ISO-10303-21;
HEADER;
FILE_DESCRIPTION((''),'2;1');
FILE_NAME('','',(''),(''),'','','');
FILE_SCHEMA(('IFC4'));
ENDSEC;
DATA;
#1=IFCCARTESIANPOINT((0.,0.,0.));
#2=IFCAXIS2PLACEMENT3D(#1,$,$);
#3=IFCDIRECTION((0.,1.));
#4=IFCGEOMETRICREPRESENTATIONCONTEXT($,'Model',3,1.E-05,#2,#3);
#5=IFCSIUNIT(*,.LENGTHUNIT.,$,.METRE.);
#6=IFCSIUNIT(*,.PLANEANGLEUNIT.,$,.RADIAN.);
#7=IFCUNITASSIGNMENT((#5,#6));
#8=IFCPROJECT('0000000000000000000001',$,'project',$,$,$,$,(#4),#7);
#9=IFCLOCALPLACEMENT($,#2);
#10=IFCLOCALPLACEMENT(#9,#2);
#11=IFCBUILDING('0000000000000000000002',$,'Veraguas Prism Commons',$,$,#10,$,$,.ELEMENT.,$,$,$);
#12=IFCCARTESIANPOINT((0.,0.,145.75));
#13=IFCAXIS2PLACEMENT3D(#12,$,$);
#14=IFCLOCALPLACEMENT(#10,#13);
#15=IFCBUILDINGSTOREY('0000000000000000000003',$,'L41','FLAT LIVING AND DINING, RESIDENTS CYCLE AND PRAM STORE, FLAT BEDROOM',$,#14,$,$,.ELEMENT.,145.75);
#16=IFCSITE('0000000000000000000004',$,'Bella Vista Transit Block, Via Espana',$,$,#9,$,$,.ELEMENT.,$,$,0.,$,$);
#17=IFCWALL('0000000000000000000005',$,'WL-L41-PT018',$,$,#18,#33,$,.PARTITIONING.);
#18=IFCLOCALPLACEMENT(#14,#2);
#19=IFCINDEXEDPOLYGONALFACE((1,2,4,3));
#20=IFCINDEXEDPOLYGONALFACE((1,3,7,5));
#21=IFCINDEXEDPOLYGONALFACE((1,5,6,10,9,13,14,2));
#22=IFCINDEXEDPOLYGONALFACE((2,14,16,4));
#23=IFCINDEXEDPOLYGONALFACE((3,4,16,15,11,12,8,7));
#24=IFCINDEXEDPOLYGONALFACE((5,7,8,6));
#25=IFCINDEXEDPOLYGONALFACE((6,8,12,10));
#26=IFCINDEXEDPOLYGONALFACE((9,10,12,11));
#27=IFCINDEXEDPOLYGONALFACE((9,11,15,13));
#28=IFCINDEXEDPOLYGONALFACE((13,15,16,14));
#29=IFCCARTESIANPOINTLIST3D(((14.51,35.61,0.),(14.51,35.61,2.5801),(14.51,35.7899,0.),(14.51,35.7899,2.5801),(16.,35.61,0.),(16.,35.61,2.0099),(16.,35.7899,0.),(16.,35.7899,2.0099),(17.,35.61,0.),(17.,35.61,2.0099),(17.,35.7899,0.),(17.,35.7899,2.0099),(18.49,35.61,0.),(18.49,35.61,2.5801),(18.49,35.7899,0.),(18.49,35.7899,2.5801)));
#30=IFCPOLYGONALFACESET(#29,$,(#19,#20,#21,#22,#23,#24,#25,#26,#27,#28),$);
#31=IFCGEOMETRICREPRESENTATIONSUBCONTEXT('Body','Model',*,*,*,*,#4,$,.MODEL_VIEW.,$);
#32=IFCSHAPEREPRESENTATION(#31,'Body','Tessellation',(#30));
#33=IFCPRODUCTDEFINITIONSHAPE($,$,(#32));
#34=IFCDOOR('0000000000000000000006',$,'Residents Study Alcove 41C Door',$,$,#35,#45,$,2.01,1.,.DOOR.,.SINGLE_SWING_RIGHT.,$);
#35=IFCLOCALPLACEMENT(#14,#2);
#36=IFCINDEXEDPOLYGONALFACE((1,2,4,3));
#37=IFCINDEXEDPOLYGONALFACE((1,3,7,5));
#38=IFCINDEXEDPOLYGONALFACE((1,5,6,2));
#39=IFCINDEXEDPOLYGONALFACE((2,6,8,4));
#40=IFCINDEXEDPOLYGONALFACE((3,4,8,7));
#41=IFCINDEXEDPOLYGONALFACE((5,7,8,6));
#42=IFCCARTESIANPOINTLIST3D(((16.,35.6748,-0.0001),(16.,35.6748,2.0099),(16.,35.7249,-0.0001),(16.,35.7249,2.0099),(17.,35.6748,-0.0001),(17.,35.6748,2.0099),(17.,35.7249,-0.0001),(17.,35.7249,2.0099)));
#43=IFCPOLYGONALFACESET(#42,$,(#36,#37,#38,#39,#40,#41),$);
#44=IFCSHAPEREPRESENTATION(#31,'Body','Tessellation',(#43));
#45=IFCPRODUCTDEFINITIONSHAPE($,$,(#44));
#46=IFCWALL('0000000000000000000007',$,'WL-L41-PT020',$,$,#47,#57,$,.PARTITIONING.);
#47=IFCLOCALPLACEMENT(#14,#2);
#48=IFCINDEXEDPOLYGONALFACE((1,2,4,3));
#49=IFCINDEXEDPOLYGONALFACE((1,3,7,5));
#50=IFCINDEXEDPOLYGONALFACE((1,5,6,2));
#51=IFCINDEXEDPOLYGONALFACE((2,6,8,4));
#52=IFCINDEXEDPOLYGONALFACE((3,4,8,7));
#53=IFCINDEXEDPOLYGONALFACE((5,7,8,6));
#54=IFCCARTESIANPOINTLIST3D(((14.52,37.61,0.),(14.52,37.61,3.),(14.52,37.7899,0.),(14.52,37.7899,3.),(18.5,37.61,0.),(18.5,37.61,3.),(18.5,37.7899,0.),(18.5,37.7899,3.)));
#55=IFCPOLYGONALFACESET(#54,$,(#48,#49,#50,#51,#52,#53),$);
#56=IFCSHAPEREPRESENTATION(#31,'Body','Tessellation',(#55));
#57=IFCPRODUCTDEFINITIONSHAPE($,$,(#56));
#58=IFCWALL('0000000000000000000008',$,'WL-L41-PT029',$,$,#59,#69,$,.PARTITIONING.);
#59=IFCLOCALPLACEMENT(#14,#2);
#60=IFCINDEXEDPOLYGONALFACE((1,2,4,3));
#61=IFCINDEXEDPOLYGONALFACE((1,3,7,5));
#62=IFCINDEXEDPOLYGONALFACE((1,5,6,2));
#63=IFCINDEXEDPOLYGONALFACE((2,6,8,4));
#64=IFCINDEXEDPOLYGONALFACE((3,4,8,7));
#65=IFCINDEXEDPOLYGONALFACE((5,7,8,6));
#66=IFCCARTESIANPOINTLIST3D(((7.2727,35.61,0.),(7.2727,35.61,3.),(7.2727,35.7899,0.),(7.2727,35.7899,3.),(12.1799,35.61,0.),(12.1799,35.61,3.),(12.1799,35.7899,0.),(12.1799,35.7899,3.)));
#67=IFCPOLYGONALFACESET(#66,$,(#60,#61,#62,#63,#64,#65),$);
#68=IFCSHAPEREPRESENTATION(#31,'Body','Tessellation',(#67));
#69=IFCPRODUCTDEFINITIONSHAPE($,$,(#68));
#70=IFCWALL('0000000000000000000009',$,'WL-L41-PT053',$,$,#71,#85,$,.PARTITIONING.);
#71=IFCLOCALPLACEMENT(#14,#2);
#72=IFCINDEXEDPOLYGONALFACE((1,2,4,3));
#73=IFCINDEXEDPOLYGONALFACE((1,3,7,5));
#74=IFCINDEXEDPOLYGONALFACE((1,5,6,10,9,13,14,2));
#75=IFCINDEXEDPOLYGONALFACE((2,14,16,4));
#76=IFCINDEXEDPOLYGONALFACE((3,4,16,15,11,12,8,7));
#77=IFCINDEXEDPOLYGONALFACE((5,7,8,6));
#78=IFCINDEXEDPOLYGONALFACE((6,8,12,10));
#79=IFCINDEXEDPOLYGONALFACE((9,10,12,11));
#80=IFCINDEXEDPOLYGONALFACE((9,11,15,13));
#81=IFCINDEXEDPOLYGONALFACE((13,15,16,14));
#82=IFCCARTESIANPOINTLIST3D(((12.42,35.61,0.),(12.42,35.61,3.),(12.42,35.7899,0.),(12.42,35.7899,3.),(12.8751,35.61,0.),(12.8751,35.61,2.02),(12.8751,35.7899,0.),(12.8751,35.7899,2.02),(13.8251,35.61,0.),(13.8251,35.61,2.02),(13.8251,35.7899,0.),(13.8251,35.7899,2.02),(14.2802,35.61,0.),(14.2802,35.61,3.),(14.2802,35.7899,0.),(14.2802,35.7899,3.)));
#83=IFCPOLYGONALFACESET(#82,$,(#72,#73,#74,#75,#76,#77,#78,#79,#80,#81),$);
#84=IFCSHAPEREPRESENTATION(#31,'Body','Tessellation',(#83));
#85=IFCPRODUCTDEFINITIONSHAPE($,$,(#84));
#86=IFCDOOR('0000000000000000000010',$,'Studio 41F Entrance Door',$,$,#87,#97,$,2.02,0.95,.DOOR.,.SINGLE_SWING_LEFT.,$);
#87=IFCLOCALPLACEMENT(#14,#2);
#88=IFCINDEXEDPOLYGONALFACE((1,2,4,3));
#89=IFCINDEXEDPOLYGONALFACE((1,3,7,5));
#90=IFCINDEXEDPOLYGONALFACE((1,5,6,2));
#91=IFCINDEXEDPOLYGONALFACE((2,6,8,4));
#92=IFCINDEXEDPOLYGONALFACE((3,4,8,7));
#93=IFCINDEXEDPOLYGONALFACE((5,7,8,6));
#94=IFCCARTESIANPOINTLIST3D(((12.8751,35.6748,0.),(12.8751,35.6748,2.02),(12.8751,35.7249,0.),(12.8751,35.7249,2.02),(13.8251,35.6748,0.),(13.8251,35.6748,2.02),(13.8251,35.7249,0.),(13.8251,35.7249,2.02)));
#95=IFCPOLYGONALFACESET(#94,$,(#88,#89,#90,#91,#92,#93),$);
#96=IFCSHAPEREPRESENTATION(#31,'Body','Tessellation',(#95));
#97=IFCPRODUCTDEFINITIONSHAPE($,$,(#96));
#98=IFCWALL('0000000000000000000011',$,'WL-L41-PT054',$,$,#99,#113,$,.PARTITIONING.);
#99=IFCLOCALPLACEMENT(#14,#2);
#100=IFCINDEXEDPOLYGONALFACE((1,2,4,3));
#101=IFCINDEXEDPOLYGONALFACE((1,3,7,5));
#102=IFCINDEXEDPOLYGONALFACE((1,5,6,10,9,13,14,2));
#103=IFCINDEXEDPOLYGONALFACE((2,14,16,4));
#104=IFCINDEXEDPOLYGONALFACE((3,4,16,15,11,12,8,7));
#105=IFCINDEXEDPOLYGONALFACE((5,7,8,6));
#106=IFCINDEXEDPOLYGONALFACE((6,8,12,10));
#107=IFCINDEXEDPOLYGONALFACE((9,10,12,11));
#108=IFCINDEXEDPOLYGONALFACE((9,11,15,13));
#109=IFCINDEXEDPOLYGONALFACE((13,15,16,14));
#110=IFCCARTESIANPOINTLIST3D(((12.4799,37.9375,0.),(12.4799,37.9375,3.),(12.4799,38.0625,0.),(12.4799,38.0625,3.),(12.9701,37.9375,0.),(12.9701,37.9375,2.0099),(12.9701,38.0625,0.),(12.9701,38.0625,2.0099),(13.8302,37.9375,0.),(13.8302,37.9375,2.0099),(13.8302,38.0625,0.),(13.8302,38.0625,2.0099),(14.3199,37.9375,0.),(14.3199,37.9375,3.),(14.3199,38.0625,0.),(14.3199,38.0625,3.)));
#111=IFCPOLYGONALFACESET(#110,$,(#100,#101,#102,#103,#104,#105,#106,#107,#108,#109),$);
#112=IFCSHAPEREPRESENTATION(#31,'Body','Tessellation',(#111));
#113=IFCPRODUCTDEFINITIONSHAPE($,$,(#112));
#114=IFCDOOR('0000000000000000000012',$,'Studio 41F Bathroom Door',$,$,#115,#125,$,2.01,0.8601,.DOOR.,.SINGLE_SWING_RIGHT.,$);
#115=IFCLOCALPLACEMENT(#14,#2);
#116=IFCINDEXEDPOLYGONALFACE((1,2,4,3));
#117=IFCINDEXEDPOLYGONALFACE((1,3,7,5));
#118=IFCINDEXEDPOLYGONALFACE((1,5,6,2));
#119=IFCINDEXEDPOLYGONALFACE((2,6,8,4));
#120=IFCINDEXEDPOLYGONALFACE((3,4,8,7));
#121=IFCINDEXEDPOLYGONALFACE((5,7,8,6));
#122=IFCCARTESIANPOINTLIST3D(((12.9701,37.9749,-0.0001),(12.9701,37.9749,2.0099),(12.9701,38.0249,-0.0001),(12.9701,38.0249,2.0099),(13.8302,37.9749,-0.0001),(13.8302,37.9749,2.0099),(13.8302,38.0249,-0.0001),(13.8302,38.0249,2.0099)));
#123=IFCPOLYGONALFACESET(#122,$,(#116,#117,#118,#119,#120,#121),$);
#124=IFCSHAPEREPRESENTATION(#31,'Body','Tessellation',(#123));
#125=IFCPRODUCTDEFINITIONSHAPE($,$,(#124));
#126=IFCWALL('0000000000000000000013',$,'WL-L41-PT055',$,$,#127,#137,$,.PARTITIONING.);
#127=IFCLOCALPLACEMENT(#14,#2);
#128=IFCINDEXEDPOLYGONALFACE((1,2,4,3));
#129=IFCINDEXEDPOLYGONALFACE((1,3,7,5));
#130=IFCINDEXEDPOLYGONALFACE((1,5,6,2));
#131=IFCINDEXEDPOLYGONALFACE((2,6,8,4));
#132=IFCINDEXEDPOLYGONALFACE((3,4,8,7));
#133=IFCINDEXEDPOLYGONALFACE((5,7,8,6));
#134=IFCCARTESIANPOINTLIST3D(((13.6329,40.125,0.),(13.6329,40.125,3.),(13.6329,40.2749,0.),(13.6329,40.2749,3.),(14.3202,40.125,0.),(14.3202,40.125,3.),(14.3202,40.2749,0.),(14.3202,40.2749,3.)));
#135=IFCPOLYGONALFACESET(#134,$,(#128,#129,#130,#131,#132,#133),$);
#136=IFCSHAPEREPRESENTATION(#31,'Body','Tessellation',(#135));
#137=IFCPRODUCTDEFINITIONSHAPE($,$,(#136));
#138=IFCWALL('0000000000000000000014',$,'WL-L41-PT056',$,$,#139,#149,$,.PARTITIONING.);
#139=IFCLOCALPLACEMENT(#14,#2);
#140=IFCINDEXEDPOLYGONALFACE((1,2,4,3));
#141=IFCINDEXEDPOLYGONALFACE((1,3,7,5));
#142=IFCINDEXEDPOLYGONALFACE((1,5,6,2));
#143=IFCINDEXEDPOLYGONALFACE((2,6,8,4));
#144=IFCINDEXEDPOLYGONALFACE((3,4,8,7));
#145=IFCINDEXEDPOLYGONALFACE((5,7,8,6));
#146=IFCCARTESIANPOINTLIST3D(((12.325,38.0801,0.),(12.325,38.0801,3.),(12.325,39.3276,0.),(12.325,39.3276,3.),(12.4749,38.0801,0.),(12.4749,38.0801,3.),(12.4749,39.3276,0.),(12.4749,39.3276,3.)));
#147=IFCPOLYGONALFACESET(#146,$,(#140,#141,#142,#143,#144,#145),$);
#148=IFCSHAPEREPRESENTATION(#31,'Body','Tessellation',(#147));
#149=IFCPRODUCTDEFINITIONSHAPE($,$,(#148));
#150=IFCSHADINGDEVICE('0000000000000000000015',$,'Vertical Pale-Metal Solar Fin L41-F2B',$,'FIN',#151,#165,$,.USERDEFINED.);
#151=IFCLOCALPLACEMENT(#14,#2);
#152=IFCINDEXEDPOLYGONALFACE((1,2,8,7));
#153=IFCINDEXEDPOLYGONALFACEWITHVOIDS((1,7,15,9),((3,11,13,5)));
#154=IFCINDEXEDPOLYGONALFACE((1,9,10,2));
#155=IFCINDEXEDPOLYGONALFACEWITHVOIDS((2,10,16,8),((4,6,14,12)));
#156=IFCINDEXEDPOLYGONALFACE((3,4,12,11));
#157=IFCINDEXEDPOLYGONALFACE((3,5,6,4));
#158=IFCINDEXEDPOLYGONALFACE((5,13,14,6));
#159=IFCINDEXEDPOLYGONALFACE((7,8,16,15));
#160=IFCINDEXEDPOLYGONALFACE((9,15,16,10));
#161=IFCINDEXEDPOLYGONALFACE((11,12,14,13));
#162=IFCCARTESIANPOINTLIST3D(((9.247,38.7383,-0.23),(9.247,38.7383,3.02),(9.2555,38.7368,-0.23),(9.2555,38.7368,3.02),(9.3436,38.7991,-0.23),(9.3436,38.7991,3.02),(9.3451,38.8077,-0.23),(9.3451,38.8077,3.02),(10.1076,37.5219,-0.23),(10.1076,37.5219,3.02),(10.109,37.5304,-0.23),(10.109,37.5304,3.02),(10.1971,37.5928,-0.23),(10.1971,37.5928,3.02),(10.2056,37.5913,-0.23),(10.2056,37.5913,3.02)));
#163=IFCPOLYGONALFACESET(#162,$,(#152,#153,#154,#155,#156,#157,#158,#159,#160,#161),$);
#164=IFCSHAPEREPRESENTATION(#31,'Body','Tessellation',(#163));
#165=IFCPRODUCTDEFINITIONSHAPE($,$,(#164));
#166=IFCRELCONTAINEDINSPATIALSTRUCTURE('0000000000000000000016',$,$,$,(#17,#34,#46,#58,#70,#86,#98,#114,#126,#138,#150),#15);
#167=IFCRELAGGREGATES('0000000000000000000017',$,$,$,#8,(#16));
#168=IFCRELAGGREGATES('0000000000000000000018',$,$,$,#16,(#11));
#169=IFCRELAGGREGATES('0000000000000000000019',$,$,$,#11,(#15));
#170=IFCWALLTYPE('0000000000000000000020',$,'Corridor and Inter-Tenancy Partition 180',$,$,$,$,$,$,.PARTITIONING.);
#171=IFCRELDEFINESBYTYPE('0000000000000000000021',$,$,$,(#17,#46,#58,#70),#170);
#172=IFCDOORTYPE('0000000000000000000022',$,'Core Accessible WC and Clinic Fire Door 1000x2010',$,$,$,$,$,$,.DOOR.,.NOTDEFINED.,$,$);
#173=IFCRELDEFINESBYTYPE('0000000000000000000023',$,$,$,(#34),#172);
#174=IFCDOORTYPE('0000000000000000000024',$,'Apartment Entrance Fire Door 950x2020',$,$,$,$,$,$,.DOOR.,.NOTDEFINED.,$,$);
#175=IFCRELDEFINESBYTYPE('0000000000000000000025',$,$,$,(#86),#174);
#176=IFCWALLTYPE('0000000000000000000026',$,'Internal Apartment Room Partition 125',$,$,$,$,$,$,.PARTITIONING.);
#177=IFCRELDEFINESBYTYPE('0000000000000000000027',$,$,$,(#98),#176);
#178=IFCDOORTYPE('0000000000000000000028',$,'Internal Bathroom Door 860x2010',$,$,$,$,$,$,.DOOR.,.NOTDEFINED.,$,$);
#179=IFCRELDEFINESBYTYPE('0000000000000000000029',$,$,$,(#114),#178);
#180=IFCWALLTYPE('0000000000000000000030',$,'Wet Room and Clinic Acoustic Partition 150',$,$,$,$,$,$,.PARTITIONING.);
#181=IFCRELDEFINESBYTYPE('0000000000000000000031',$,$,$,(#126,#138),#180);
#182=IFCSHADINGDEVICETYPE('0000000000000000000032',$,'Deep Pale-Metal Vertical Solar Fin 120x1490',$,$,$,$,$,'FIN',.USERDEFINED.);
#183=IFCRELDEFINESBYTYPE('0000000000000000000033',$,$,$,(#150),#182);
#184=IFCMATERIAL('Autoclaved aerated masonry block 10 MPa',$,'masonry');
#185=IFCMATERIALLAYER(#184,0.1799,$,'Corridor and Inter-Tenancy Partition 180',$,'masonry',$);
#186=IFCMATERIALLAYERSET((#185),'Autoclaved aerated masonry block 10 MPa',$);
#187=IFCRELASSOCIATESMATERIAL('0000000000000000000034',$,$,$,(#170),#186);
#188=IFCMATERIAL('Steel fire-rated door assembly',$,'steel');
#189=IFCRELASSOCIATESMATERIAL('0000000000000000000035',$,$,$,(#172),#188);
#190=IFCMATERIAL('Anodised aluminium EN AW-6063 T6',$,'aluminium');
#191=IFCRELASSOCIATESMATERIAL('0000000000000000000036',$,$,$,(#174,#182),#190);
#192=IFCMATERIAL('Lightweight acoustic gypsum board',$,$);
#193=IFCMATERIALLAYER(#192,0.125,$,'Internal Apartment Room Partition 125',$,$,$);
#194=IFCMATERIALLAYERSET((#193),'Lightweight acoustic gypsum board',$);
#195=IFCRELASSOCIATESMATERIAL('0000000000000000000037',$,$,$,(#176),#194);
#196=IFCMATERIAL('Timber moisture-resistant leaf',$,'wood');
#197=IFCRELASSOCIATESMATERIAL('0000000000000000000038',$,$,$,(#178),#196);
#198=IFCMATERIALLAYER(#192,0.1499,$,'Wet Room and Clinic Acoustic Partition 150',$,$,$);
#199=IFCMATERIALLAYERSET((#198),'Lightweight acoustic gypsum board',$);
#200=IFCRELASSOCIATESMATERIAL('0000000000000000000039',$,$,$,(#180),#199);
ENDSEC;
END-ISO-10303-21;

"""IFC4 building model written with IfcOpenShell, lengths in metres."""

from ifc_helpers import new_model, si_unit, direction, frame, frame_2d, origin, origin_2d, place, context, subcontext, project, spatial, rectangle, hollow_rectangle, extrude, source, transform, mapped, material, layer, layer_set, material_profile, profile_set, type_object, element, fill, save


model = new_model("IFC4")

# Units and contexts
model_context = context("Model", 3, precision=1e-05, world=origin(), true_north=direction((0.0, 1.0)))
body_context = subcontext(model_context, "Body", "Model", "MODEL_VIEW")
ifc_project = project(units=[si_unit("LENGTHUNIT", "METRE"), si_unit("PLANEANGLEUNIT", "RADIAN")], contexts=[model_context])

# Site, building, storey
site_placement = place(None, origin())
site = spatial("IfcSite", under=ifc_project, at=site_placement, Name="Bella Vista Transit Block, Via Espana", CompositionType="ELEMENT", RefElevation=0.0)
building_placement = place(site_placement, origin())
building = spatial("IfcBuilding", under=site, at=building_placement, Name="Veraguas Prism Commons", CompositionType="ELEMENT")
storey_placement = place(building_placement, frame((0.0, 0.0, 145.75)))
storey = spatial("IfcBuildingStorey", under=building, at=storey_placement, Name="L41", Description="FLAT LIVING AND DINING, RESIDENTS CYCLE AND PRAM STORE, FLAT BEDROOM", CompositionType="ELEMENT", Elevation=145.75)

# Shared definitions
ifc_material_1 = material(Name="Anodised aluminium EN AW-6063 T6", Category="aluminium")

# Shared definitions
ifc_material_2 = material(Name="Autoclaved aerated masonry block 10 MPa", Category="masonry")
ifc_layer_1 = layer(ifc_material_2, 0.1799, Name="Corridor and Inter-Tenancy Partition 180", Category="masonry")
ifc_layer_set_1 = layer_set([ifc_layer_1], Name="Autoclaved aerated masonry block 10 MPa")
wall_type_1 = type_object("IfcWallType", Name="Corridor and Inter-Tenancy Partition 180", PredefinedType="PARTITIONING", material=ifc_layer_set_1)

# Wall, opening, door
wall_1_placement = place(storey_placement, frame((14.51, 35.7, 0.0), z_axis=(0.0, 0.0, 1.0), x_axis=(1.0, 0.0, 0.0)))
wall_1 = element("IfcWall", 1, at=wall_1_placement, inside=storey, type_object=wall_type_1, Name="WL-L41-PT018", PredefinedType="PARTITIONING", context=body_context, shape_type="SweptSolid", body=[
    extrude(rectangle(XDim=3.98, YDim=0.1799, at=frame_2d((1.99, 0.0))), origin(), (0.0, 0.0, 1.0), 2.5801),
])
opening_1_placement = place(wall_1_placement, frame((1.49, 0.0, 0.0)))
opening_1 = element("IfcOpeningElement", 2, at=opening_1_placement, cuts=wall_1, PredefinedType="OPENING", context=body_context, shape_type="SweptSolid", body=[
    extrude(rectangle(XDim=1.0, YDim=2.01, at=frame_2d((0.5, 1.0049))), frame((0.0, 0.0999, 0.0), z_axis=(0.0, -1.0, 0.0), x_axis=(1.0, 0.0, 0.0)), (0.0, 0.0, 1.0), 0.2),
])
ifc_material_3 = material(Name="Steel fire-rated door assembly", Category="steel")
door_type_1 = type_object("IfcDoorType", Name="Core Accessible WC and Clinic Fire Door 1000x2010", OperationType="NOTDEFINED", PredefinedType="DOOR", material=ifc_material_3)
shared_shape_1 = source(origin(), body_context, "Body", "SweptSolid", [
    extrude(rectangle(XDim=1.0, YDim=2.01, at=frame_2d((0.5, 1.0049))), frame((0.0, 0.0249, 0.0), z_axis=(0.0, -1.0, 0.0), x_axis=(1.0, 0.0, 0.0)), (0.0, 0.0, 1.0), 0.05),
])
door_1_placement = place(opening_1_placement, origin())
door_1 = element("IfcDoor", 3, at=door_1_placement, inside=storey, type_object=door_type_1, Name="Residents Study Alcove 41C Door", OperationType="SINGLE_SWING_RIGHT", OverallHeight=2.01, OverallWidth=1.0, PredefinedType="DOOR", context=body_context, shape_type="MappedRepresentation", body=[
    mapped(shared_shape_1, transform((0.0, 0.0, 0.0), scale=1.0)),
])
fill(opening_1, door_1)

# Walls
wall_2_placement = place(storey_placement, frame((14.52, 37.7, 0.0), z_axis=(0.0, 0.0, 1.0), x_axis=(1.0, 0.0, 0.0)))
element("IfcWall", 4, at=wall_2_placement, inside=storey, type_object=wall_type_1, Name="WL-L41-PT020", PredefinedType="PARTITIONING", context=body_context, shape_type="SweptSolid", body=[
    extrude(rectangle(XDim=3.98, YDim=0.1799, at=frame_2d((1.99, 0.0))), origin(), (0.0, 0.0, 1.0), 3.0),
])
wall_3_placement = place(storey_placement, frame((12.1799, 35.7, 0.0), z_axis=(0.0, 0.0, 1.0), x_axis=(-1.0, 0.0, 0.0)))
element("IfcWall", 5, at=wall_3_placement, inside=storey, type_object=wall_type_1, Name="WL-L41-PT029", PredefinedType="PARTITIONING", context=body_context, shape_type="SweptSolid", body=[
    extrude(rectangle(XDim=4.9072, YDim=0.1799, at=frame_2d((2.4536, 0.0))), origin(), (0.0, 0.0, 1.0), 3.0),
])

# Walls, openings, doors
wall_4_placement = place(storey_placement, frame((12.4199, 35.7, 0.0), z_axis=(0.0, 0.0, 1.0), x_axis=(1.0, 0.0, 0.0)))
wall_4 = element("IfcWall", 6, at=wall_4_placement, inside=storey, type_object=wall_type_1, Name="WL-L41-PT053", PredefinedType="PARTITIONING", context=body_context, shape_type="SweptSolid", body=[
    extrude(rectangle(XDim=1.8601, YDim=0.1799, at=frame_2d((0.9302, 0.0))), origin(), (0.0, 0.0, 1.0), 3.0),
])
opening_2_placement = place(wall_4_placement, frame((0.4551, 0.0, 0.0)))
opening_2 = element("IfcOpeningElement", 7, at=opening_2_placement, cuts=wall_4, PredefinedType="OPENING", context=body_context, shape_type="SweptSolid", body=[
    extrude(rectangle(XDim=0.95, YDim=2.02, at=frame_2d((0.4751, 1.01))), frame((0.0, 0.0999, 0.0), z_axis=(0.0, -1.0, 0.0), x_axis=(1.0, 0.0, 0.0)), (0.0, 0.0, 1.0), 0.2),
])
door_type_2 = type_object("IfcDoorType", Name="Apartment Entrance Fire Door 950x2020", OperationType="NOTDEFINED", PredefinedType="DOOR", material=ifc_material_1)
shared_shape_2 = source(origin(), body_context, "Body", "SweptSolid", [
    extrude(rectangle(XDim=0.95, YDim=2.02, at=frame_2d((0.4751, 1.01))), frame((0.0, 0.0249, 0.0), z_axis=(0.0, -1.0, 0.0), x_axis=(1.0, 0.0, 0.0)), (0.0, 0.0, 1.0), 0.05),
])
door_2_placement = place(opening_2_placement, origin())
door_2 = element("IfcDoor", 8, at=door_2_placement, inside=storey, type_object=door_type_2, Name="Studio 41F Entrance Door", OperationType="SINGLE_SWING_LEFT", OverallHeight=2.02, OverallWidth=0.95, PredefinedType="DOOR", context=body_context, shape_type="MappedRepresentation", body=[
    mapped(shared_shape_2, transform((0.0, 0.0, 0.0), scale=1.0)),
])
fill(opening_2, door_2)
ifc_material_4 = material(Name="Lightweight acoustic gypsum board")
ifc_layer_2 = layer(ifc_material_4, 0.125, Name="Internal Apartment Room Partition 125")
ifc_layer_set_2 = layer_set([ifc_layer_2], Name="Lightweight acoustic gypsum board")
wall_type_2 = type_object("IfcWallType", Name="Internal Apartment Room Partition 125", PredefinedType="PARTITIONING", material=ifc_layer_set_2)
wall_5_placement = place(storey_placement, frame((12.48, 38.0, 0.0), z_axis=(0.0, 0.0, 1.0), x_axis=(1.0, 0.0, 0.0)))
wall_5 = element("IfcWall", 9, at=wall_5_placement, inside=storey, type_object=wall_type_2, Name="WL-L41-PT054", PredefinedType="PARTITIONING", context=body_context, shape_type="SweptSolid", body=[
    extrude(rectangle(XDim=1.8401, YDim=0.125, at=frame_2d((0.9199, 0.0))), origin(), (0.0, 0.0, 1.0), 3.0),
])
opening_3_placement = place(wall_5_placement, frame((0.49, 0.0, 0.0)))
opening_3 = element("IfcOpeningElement", 10, at=opening_3_placement, cuts=wall_5, PredefinedType="OPENING", context=body_context, shape_type="SweptSolid", body=[
    extrude(rectangle(XDim=0.8601, YDim=2.01, at=frame_2d((0.4302, 1.0049))), frame((0.0, 0.0725, 0.0), z_axis=(0.0, -1.0, 0.0), x_axis=(1.0, 0.0, 0.0)), (0.0, 0.0, 1.0), 0.145),
])
ifc_material_5 = material(Name="Timber moisture-resistant leaf", Category="wood")
door_type_3 = type_object("IfcDoorType", Name="Internal Bathroom Door 860x2010", OperationType="NOTDEFINED", PredefinedType="DOOR", material=ifc_material_5)
shared_shape_3 = source(origin(), body_context, "Body", "SweptSolid", [
    extrude(rectangle(XDim=0.8601, YDim=2.01, at=frame_2d((0.4302, 1.0049))), frame((0.0, 0.0249, 0.0), z_axis=(0.0, -1.0, 0.0), x_axis=(1.0, 0.0, 0.0)), (0.0, 0.0, 1.0), 0.05),
])
door_3_placement = place(opening_3_placement, origin())
door_3 = element("IfcDoor", 11, at=door_3_placement, inside=storey, type_object=door_type_3, Name="Studio 41F Bathroom Door", OperationType="SINGLE_SWING_RIGHT", OverallHeight=2.01, OverallWidth=0.8601, PredefinedType="DOOR", context=body_context, shape_type="MappedRepresentation", body=[
    mapped(shared_shape_3, transform((0.0, 0.0, 0.0), scale=1.0)),
])
fill(opening_3, door_3)

# Walls
ifc_layer_3 = layer(ifc_material_4, 0.1499, Name="Wet Room and Clinic Acoustic Partition 150")
ifc_layer_set_3 = layer_set([ifc_layer_3], Name="Lightweight acoustic gypsum board")
wall_type_3 = type_object("IfcWallType", Name="Wet Room and Clinic Acoustic Partition 150", PredefinedType="PARTITIONING", material=ifc_layer_set_3)
wall_6_placement = place(storey_placement, frame((13.6328, 40.2, 0.0), z_axis=(0.0, 0.0, 1.0), x_axis=(1.0, 0.0, 0.0)))
element("IfcWall", 12, at=wall_6_placement, inside=storey, type_object=wall_type_3, Name="WL-L41-PT055", PredefinedType="PARTITIONING", context=body_context, shape_type="SweptSolid", body=[
    extrude(rectangle(XDim=0.6873, YDim=0.1499, at=frame_2d((0.3438, 0.0))), origin(), (0.0, 0.0, 1.0), 3.0),
])
wall_7_placement = place(storey_placement, frame((12.3999, 38.0801, 0.0), z_axis=(0.0, 0.0, 1.0), x_axis=(0.0, 1.0, 0.0)))
element("IfcWall", 13, at=wall_7_placement, inside=storey, type_object=wall_type_3, Name="WL-L41-PT056", PredefinedType="PARTITIONING", context=body_context, shape_type="SweptSolid", body=[
    extrude(rectangle(XDim=1.2476, YDim=0.1499, at=frame_2d((0.6238, 0.0))), origin(), (0.0, 0.0, 1.0), 3.0),
])

# Shading device
ifc_material_profile_1 = material_profile(ifc_material_1, hollow_rectangle(XDim=0.1201, YDim=1.49, WallThickness=0.0061, at=origin_2d()), Name="FIN120X1490X6")
ifc_profile_set_1 = profile_set([ifc_material_profile_1], Name="Anodised aluminium EN AW-6063 T6")
shading_device_type = type_object("IfcShadingDeviceType", Name="Deep Pale-Metal Vertical Solar Fin 120x1490", ElementType="FIN", PredefinedType="USERDEFINED", material=ifc_profile_set_1)
shading_device_placement = place(storey_placement, frame((9.7263, 38.1648, -0.23), z_axis=(0.0, 0.0, 1.0), x_axis=(-0.81634, -0.577571, 0.0)))
element("IfcShadingDevice", 14, at=shading_device_placement, inside=storey, type_object=shading_device_type, Name="Vertical Pale-Metal Solar Fin L41-F2B", ObjectType="FIN", PredefinedType="USERDEFINED", context=body_context, shape_type="SweptSolid", body=[
    extrude(hollow_rectangle(XDim=0.1201, YDim=1.49, WallThickness=0.0061, at=origin_2d()), origin(), (0.0, 0.0, 1.0), 3.25),
])

save(model, "model.ifc")
